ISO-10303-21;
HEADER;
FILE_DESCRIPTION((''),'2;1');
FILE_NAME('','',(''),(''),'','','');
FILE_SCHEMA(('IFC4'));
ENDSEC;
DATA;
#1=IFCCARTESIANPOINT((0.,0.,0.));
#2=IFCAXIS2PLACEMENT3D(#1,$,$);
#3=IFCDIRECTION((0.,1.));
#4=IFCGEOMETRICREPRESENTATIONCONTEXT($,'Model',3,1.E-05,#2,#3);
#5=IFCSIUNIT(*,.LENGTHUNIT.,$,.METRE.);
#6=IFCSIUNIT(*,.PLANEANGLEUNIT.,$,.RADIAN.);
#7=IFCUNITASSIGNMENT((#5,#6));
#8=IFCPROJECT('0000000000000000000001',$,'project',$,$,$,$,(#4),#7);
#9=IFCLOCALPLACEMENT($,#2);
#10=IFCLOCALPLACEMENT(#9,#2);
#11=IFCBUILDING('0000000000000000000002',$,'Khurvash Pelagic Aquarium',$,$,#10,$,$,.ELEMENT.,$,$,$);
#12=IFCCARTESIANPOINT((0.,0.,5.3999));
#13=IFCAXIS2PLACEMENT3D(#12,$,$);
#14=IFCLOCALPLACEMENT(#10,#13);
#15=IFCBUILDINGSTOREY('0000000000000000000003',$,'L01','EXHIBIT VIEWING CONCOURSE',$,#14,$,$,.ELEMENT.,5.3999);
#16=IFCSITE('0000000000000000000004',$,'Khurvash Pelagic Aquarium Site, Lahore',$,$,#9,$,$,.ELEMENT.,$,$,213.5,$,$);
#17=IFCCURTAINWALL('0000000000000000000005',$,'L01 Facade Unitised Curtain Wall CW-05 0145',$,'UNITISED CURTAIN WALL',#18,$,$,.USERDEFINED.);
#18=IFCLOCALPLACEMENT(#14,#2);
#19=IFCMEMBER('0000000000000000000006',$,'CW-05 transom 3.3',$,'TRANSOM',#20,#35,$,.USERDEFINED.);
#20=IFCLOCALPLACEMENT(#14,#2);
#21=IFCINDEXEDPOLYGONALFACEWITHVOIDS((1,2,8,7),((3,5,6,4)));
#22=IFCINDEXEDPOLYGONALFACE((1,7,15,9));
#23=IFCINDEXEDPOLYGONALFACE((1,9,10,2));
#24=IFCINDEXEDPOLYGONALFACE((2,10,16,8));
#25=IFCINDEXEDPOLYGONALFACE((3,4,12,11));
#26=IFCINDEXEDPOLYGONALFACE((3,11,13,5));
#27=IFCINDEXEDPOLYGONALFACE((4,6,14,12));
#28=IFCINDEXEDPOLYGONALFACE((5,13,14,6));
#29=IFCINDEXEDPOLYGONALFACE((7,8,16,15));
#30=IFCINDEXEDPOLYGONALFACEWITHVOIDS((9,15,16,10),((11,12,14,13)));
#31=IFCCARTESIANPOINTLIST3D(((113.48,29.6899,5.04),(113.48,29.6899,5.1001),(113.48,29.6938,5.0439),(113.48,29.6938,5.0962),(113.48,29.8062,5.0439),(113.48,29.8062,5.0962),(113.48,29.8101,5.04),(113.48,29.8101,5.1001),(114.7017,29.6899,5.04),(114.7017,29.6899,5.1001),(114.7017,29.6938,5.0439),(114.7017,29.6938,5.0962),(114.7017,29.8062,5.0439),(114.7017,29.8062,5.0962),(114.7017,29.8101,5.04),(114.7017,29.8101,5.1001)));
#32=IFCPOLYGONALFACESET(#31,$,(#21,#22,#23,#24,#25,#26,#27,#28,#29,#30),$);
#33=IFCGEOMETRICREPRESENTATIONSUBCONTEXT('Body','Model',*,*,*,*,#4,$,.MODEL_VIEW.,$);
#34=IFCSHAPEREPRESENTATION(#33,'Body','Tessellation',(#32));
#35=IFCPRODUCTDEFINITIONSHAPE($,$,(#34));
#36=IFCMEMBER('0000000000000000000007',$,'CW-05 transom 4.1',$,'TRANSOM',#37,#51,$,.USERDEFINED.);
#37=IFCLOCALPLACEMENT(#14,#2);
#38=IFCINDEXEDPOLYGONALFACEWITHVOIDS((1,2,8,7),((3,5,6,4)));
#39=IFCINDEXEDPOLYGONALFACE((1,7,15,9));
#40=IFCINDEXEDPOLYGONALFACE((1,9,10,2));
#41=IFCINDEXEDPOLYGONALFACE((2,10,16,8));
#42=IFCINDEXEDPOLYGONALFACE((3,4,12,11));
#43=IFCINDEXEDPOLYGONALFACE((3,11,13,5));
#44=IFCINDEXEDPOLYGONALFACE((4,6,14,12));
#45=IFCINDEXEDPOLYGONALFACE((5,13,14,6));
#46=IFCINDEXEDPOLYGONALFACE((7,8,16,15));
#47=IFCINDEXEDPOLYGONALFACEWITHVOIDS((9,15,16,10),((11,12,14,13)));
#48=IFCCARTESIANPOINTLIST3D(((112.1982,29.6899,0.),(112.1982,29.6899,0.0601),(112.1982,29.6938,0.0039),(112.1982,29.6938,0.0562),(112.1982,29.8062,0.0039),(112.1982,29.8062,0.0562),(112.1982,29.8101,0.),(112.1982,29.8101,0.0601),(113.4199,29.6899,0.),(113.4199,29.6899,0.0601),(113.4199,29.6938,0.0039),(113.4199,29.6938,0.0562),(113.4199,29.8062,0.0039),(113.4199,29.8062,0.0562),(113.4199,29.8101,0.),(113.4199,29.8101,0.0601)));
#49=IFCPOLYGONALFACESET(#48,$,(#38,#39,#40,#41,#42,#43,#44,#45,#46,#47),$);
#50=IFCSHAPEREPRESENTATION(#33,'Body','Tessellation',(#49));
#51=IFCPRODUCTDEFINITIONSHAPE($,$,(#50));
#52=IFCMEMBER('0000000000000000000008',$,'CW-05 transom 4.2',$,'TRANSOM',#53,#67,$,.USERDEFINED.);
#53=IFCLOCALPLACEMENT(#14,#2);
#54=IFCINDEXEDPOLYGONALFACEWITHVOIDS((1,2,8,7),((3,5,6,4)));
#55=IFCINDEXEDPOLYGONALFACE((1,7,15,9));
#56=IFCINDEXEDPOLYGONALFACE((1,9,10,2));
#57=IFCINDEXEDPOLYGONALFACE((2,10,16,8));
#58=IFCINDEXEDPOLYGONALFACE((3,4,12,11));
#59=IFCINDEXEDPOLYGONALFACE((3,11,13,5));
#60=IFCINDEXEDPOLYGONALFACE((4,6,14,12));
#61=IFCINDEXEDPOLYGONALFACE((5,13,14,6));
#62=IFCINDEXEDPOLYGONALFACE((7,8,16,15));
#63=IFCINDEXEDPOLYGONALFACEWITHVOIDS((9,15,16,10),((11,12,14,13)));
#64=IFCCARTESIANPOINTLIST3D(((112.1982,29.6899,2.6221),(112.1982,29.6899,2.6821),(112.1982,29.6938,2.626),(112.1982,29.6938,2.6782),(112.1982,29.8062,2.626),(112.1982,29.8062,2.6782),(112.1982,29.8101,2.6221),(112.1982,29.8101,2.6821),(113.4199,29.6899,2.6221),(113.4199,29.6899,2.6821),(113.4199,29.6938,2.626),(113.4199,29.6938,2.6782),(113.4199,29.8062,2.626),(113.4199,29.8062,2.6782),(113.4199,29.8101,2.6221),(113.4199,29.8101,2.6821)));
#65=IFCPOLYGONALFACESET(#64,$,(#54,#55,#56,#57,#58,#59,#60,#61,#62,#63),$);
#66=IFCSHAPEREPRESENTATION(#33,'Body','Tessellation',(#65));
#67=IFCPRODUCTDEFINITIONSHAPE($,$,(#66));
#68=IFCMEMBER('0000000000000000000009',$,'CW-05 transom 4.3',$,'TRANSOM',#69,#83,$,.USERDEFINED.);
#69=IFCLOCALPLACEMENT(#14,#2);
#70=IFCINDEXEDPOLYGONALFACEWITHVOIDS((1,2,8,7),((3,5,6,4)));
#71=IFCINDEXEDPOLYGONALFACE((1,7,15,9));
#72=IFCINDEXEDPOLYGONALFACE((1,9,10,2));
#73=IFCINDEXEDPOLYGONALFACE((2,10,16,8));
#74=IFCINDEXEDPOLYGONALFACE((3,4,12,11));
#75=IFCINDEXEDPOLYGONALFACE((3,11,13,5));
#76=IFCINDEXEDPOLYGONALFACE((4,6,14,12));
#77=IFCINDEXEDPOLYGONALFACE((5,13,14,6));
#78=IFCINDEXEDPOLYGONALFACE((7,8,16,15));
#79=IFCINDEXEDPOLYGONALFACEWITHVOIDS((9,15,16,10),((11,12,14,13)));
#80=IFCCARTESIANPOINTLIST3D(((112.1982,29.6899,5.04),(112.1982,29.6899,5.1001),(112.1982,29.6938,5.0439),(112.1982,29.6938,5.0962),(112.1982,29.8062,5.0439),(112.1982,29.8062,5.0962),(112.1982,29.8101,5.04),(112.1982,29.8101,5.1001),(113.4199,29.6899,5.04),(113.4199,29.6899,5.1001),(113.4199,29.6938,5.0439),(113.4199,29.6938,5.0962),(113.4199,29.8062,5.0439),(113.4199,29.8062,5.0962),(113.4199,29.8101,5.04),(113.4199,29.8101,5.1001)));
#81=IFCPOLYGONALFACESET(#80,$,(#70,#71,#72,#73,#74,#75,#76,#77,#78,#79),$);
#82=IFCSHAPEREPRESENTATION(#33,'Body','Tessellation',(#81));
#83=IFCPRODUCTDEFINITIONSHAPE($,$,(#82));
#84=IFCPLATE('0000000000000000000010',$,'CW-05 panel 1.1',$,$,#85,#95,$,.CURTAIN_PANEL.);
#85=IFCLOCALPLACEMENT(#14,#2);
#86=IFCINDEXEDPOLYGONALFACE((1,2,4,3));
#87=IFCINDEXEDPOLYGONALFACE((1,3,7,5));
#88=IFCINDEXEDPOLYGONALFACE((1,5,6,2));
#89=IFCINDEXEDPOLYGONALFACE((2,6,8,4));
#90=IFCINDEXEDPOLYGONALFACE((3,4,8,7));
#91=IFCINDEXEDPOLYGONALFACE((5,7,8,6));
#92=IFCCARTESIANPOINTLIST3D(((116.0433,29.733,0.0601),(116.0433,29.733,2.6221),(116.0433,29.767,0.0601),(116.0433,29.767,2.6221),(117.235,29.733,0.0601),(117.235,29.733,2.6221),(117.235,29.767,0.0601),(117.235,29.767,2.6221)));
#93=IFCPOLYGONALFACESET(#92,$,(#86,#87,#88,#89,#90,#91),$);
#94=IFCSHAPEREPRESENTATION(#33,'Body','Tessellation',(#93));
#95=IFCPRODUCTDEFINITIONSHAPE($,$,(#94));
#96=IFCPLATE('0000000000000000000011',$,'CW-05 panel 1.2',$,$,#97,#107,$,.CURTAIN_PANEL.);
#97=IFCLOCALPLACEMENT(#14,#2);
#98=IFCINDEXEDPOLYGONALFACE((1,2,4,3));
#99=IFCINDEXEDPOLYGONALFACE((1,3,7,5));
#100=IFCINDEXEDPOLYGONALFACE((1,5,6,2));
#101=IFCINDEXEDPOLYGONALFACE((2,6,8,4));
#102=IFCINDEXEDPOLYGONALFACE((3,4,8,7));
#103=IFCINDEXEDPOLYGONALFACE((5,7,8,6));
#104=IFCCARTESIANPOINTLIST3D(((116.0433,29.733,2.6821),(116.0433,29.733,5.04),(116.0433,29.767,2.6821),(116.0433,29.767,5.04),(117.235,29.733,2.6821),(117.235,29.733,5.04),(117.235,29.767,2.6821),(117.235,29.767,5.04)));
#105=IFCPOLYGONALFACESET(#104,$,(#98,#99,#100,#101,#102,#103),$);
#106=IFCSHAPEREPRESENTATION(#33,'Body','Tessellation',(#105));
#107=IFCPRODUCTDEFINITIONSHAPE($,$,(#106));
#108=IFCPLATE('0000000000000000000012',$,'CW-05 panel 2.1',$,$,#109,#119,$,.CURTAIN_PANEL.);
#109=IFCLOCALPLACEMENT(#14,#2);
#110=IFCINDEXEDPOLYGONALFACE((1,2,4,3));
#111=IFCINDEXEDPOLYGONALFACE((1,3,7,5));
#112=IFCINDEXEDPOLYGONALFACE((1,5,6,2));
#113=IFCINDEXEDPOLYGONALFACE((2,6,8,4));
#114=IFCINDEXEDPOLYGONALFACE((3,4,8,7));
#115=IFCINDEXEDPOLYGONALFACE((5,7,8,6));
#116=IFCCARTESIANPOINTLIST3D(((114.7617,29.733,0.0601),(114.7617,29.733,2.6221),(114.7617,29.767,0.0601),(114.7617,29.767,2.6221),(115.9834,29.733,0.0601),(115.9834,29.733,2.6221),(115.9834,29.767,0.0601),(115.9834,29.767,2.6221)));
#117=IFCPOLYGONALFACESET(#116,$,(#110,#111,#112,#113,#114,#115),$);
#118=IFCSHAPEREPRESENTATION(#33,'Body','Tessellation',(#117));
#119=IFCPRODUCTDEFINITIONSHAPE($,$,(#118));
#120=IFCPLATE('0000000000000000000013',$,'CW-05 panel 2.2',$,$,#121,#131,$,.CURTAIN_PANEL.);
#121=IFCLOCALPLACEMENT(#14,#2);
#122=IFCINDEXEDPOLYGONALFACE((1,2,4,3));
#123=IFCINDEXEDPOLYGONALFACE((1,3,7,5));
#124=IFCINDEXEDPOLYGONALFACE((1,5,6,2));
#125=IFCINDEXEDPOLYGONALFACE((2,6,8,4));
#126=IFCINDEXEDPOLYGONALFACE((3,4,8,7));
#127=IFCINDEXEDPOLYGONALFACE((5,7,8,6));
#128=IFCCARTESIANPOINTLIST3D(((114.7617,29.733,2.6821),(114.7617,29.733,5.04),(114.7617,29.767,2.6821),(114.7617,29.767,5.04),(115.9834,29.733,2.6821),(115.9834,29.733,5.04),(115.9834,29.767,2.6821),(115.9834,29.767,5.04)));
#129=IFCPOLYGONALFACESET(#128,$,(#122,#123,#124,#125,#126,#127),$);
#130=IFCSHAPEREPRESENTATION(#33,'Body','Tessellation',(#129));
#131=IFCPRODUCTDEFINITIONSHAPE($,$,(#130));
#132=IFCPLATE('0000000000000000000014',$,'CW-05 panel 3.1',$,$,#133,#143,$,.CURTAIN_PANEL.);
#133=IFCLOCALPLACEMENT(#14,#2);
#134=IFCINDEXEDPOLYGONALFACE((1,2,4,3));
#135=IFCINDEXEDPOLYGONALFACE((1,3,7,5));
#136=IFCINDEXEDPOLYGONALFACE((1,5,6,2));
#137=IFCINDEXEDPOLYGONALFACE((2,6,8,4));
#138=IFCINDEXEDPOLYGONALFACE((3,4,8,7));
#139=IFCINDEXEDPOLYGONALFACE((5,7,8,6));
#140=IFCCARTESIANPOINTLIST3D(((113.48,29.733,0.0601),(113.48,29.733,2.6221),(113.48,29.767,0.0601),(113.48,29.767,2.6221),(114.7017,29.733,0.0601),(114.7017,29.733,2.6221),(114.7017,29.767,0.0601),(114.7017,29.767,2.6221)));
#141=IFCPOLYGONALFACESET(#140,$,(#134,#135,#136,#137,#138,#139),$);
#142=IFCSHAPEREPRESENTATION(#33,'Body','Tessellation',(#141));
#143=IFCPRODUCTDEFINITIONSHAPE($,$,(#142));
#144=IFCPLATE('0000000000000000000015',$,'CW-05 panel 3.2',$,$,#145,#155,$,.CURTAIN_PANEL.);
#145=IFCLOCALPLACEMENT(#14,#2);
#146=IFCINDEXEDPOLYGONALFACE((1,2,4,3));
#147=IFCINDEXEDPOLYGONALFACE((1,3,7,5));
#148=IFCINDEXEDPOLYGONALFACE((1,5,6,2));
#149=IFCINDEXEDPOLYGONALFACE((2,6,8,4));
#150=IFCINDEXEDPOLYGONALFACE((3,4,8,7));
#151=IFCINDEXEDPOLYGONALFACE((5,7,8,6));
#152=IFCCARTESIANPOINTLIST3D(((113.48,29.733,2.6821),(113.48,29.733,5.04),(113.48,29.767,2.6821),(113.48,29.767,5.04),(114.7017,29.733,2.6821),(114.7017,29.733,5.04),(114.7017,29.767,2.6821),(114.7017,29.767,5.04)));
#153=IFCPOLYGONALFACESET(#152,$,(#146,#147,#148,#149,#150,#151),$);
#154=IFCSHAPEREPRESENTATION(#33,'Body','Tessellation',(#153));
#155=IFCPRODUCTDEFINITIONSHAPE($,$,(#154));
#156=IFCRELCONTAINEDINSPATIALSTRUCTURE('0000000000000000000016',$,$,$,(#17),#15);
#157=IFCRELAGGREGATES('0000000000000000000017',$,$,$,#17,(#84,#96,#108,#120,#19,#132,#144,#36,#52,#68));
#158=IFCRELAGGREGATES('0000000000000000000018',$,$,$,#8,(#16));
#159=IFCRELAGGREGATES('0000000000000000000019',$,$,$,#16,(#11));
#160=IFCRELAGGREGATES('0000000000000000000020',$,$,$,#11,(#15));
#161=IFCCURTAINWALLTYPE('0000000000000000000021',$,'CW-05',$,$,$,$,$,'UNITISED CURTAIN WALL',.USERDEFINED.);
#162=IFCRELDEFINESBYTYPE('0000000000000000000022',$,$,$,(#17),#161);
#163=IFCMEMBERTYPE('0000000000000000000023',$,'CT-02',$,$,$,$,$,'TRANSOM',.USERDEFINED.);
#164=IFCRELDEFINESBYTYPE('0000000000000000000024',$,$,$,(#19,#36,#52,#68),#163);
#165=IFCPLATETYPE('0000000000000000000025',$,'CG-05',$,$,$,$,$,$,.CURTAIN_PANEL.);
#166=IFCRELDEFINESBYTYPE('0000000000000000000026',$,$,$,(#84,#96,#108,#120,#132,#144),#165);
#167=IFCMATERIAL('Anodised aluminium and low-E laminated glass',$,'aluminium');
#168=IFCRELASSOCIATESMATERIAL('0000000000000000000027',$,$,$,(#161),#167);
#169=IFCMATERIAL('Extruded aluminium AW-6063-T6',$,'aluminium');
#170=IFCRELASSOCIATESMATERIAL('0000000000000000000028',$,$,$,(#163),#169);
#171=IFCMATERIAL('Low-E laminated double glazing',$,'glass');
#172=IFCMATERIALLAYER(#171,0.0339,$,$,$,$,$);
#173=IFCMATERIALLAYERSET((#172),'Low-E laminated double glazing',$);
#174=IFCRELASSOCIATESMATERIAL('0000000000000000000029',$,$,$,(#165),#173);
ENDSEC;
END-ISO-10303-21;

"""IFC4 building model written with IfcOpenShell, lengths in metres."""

from ifc_helpers import new_model, si_unit, direction, frame, origin, origin_2d, place, context, subcontext, project, spatial, rectangle, hollow_rectangle, extrude, material, layer, layer_set, material_profile, profile_set, type_object, element, aggregate, save


model = new_model("IFC4")

# Units and contexts
model_context = context("Model", 3, precision=1e-05, world=origin(), true_north=direction((0.0, 1.0)))
body_context = subcontext(model_context, "Body", "Model", "MODEL_VIEW")
ifc_project = project(units=[si_unit("LENGTHUNIT", "METRE"), si_unit("PLANEANGLEUNIT", "RADIAN")], contexts=[model_context])

# Site, building, storey
site_placement = place(None, origin())
site = spatial("IfcSite", under=ifc_project, at=site_placement, Name="Khurvash Pelagic Aquarium Site, Lahore", CompositionType="ELEMENT", RefElevation=213.5)
building_placement = place(site_placement, origin())
building = spatial("IfcBuilding", under=site, at=building_placement, Name="Khurvash Pelagic Aquarium", CompositionType="ELEMENT")
storey_placement = place(building_placement, frame((0.0, 0.0, 5.3999)))
storey = spatial("IfcBuildingStorey", under=building, at=storey_placement, Name="L01", Description="EXHIBIT VIEWING CONCOURSE", CompositionType="ELEMENT", Elevation=5.3999)

# Curtain wall, members, plates
ifc_material_1 = material(Name="Anodised aluminium and low-E laminated glass", Category="aluminium")
curtain_wall_type = type_object("IfcCurtainWallType", Name="CW-05", ElementType="UNITISED CURTAIN WALL", PredefinedType="USERDEFINED", material=ifc_material_1)
curtain_wall_placement = place(storey_placement, origin())
curtain_wall = element("IfcCurtainWall", 1, at=curtain_wall_placement, inside=storey, type_object=curtain_wall_type, Name="L01 Facade Unitised Curtain Wall CW-05 0145", ObjectType="UNITISED CURTAIN WALL", PredefinedType="USERDEFINED")
ifc_material_2 = material(Name="Extruded aluminium AW-6063-T6", Category="aluminium")
ifc_material_profile_1 = material_profile(ifc_material_2, hollow_rectangle(XDim=0.1201, YDim=0.0601, WallThickness=0.0039, at=origin_2d()), Name="CWT120X60X4")
ifc_profile_set_1 = profile_set([ifc_material_profile_1], Name="Extruded aluminium AW-6063-T6")
member_type_1 = type_object("IfcMemberType", Name="CT-02", ElementType="TRANSOM", PredefinedType="USERDEFINED", material=ifc_profile_set_1)
member_1_placement = place(storey_placement, frame((114.7017, 29.75, 5.0701), z_axis=(-1.0, 0.0, 0.0), x_axis=(0.0, -1.0, 0.0)))
member_1 = element("IfcMember", 2, at=member_1_placement, type_object=member_type_1, Name="CW-05 transom 3.3", ObjectType="TRANSOM", PredefinedType="USERDEFINED", context=body_context, shape_type="SweptSolid", body=[
    extrude(hollow_rectangle(XDim=0.1201, YDim=0.0601, WallThickness=0.0039, at=origin_2d()), origin(), (0.0, 0.0, 1.0), 1.2217),
])
member_2_placement = place(storey_placement, frame((113.4199, 29.75, 0.03), z_axis=(-1.0, 0.0, 0.0), x_axis=(0.0, -1.0, 0.0)))
member_2 = element("IfcMember", 3, at=member_2_placement, type_object=member_type_1, Name="CW-05 transom 4.1", ObjectType="TRANSOM", PredefinedType="USERDEFINED", context=body_context, shape_type="SweptSolid", body=[
    extrude(hollow_rectangle(XDim=0.1201, YDim=0.0601, WallThickness=0.0039, at=origin_2d()), origin(), (0.0, 0.0, 1.0), 1.2217),
])
member_3_placement = place(storey_placement, frame((113.4199, 29.75, 2.6521), z_axis=(-1.0, 0.0, 0.0), x_axis=(0.0, -1.0, 0.0)))
member_3 = element("IfcMember", 4, at=member_3_placement, type_object=member_type_1, Name="CW-05 transom 4.2", ObjectType="TRANSOM", PredefinedType="USERDEFINED", context=body_context, shape_type="SweptSolid", body=[
    extrude(hollow_rectangle(XDim=0.1201, YDim=0.0601, WallThickness=0.0039, at=origin_2d()), origin(), (0.0, 0.0, 1.0), 1.2217),
])
member_4_placement = place(storey_placement, frame((113.4199, 29.75, 5.0701), z_axis=(-1.0, 0.0, 0.0), x_axis=(0.0, -1.0, 0.0)))
member_4 = element("IfcMember", 5, at=member_4_placement, type_object=member_type_1, Name="CW-05 transom 4.3", ObjectType="TRANSOM", PredefinedType="USERDEFINED", context=body_context, shape_type="SweptSolid", body=[
    extrude(hollow_rectangle(XDim=0.1201, YDim=0.0601, WallThickness=0.0039, at=origin_2d()), origin(), (0.0, 0.0, 1.0), 1.2217),
])
ifc_material_3 = material(Name="Low-E laminated double glazing", Category="glass")
ifc_layer = layer(ifc_material_3, 0.0339)
ifc_layer_set = layer_set([ifc_layer], Name="Low-E laminated double glazing")
plate_type = type_object("IfcPlateType", Name="CG-05", PredefinedType="CURTAIN_PANEL", material=ifc_layer_set)
plate_1_placement = place(storey_placement, frame((116.6392, 29.75, 0.0601), z_axis=(0.0, 0.0, 1.0), x_axis=(-1.0, 0.0, 0.0)))
plate_1 = element("IfcPlate", 6, at=plate_1_placement, type_object=plate_type, Name="CW-05 panel 1.1", PredefinedType="CURTAIN_PANEL", context=body_context, shape_type="SweptSolid", body=[
    extrude(rectangle(XDim=1.1917, YDim=0.0339, at=origin_2d()), origin(), (0.0, 0.0, 1.0), 2.562),
])
plate_2_placement = place(storey_placement, frame((116.6392, 29.75, 2.6821), z_axis=(0.0, 0.0, 1.0), x_axis=(-1.0, 0.0, 0.0)))
plate_2 = element("IfcPlate", 7, at=plate_2_placement, type_object=plate_type, Name="CW-05 panel 1.2", PredefinedType="CURTAIN_PANEL", context=body_context, shape_type="SweptSolid", body=[
    extrude(rectangle(XDim=1.1917, YDim=0.0339, at=origin_2d()), origin(), (0.0, 0.0, 1.0), 2.3579),
])
plate_3_placement = place(storey_placement, frame((115.3726, 29.75, 0.0601), z_axis=(0.0, 0.0, 1.0), x_axis=(-1.0, 0.0, 0.0)))
plate_3 = element("IfcPlate", 8, at=plate_3_placement, type_object=plate_type, Name="CW-05 panel 2.1", PredefinedType="CURTAIN_PANEL", context=body_context, shape_type="SweptSolid", body=[
    extrude(rectangle(XDim=1.2217, YDim=0.0339, at=origin_2d()), origin(), (0.0, 0.0, 1.0), 2.562),
])
plate_4_placement = place(storey_placement, frame((115.3726, 29.75, 2.6821), z_axis=(0.0, 0.0, 1.0), x_axis=(-1.0, 0.0, 0.0)))
plate_4 = element("IfcPlate", 9, at=plate_4_placement, type_object=plate_type, Name="CW-05 panel 2.2", PredefinedType="CURTAIN_PANEL", context=body_context, shape_type="SweptSolid", body=[
    extrude(rectangle(XDim=1.2217, YDim=0.0339, at=origin_2d()), origin(), (0.0, 0.0, 1.0), 2.3579),
])
plate_5_placement = place(storey_placement, frame((114.0908, 29.75, 0.0601), z_axis=(0.0, 0.0, 1.0), x_axis=(-1.0, 0.0, 0.0)))
plate_5 = element("IfcPlate", 10, at=plate_5_placement, type_object=plate_type, Name="CW-05 panel 3.1", PredefinedType="CURTAIN_PANEL", context=body_context, shape_type="SweptSolid", body=[
    extrude(rectangle(XDim=1.2217, YDim=0.0339, at=origin_2d()), origin(), (0.0, 0.0, 1.0), 2.562),
])
plate_6_placement = place(storey_placement, frame((114.0908, 29.75, 2.6821), z_axis=(0.0, 0.0, 1.0), x_axis=(-1.0, 0.0, 0.0)))
plate_6 = element("IfcPlate", 11, at=plate_6_placement, type_object=plate_type, Name="CW-05 panel 3.2", PredefinedType="CURTAIN_PANEL", context=body_context, shape_type="SweptSolid", body=[
    extrude(rectangle(XDim=1.2217, YDim=0.0339, at=origin_2d()), origin(), (0.0, 0.0, 1.0), 2.3579),
])
aggregate(curtain_wall, [plate_1, plate_2, plate_3, plate_4, member_1, plate_5, plate_6, member_2, member_3, member_4])

save(model, "model.ifc")
